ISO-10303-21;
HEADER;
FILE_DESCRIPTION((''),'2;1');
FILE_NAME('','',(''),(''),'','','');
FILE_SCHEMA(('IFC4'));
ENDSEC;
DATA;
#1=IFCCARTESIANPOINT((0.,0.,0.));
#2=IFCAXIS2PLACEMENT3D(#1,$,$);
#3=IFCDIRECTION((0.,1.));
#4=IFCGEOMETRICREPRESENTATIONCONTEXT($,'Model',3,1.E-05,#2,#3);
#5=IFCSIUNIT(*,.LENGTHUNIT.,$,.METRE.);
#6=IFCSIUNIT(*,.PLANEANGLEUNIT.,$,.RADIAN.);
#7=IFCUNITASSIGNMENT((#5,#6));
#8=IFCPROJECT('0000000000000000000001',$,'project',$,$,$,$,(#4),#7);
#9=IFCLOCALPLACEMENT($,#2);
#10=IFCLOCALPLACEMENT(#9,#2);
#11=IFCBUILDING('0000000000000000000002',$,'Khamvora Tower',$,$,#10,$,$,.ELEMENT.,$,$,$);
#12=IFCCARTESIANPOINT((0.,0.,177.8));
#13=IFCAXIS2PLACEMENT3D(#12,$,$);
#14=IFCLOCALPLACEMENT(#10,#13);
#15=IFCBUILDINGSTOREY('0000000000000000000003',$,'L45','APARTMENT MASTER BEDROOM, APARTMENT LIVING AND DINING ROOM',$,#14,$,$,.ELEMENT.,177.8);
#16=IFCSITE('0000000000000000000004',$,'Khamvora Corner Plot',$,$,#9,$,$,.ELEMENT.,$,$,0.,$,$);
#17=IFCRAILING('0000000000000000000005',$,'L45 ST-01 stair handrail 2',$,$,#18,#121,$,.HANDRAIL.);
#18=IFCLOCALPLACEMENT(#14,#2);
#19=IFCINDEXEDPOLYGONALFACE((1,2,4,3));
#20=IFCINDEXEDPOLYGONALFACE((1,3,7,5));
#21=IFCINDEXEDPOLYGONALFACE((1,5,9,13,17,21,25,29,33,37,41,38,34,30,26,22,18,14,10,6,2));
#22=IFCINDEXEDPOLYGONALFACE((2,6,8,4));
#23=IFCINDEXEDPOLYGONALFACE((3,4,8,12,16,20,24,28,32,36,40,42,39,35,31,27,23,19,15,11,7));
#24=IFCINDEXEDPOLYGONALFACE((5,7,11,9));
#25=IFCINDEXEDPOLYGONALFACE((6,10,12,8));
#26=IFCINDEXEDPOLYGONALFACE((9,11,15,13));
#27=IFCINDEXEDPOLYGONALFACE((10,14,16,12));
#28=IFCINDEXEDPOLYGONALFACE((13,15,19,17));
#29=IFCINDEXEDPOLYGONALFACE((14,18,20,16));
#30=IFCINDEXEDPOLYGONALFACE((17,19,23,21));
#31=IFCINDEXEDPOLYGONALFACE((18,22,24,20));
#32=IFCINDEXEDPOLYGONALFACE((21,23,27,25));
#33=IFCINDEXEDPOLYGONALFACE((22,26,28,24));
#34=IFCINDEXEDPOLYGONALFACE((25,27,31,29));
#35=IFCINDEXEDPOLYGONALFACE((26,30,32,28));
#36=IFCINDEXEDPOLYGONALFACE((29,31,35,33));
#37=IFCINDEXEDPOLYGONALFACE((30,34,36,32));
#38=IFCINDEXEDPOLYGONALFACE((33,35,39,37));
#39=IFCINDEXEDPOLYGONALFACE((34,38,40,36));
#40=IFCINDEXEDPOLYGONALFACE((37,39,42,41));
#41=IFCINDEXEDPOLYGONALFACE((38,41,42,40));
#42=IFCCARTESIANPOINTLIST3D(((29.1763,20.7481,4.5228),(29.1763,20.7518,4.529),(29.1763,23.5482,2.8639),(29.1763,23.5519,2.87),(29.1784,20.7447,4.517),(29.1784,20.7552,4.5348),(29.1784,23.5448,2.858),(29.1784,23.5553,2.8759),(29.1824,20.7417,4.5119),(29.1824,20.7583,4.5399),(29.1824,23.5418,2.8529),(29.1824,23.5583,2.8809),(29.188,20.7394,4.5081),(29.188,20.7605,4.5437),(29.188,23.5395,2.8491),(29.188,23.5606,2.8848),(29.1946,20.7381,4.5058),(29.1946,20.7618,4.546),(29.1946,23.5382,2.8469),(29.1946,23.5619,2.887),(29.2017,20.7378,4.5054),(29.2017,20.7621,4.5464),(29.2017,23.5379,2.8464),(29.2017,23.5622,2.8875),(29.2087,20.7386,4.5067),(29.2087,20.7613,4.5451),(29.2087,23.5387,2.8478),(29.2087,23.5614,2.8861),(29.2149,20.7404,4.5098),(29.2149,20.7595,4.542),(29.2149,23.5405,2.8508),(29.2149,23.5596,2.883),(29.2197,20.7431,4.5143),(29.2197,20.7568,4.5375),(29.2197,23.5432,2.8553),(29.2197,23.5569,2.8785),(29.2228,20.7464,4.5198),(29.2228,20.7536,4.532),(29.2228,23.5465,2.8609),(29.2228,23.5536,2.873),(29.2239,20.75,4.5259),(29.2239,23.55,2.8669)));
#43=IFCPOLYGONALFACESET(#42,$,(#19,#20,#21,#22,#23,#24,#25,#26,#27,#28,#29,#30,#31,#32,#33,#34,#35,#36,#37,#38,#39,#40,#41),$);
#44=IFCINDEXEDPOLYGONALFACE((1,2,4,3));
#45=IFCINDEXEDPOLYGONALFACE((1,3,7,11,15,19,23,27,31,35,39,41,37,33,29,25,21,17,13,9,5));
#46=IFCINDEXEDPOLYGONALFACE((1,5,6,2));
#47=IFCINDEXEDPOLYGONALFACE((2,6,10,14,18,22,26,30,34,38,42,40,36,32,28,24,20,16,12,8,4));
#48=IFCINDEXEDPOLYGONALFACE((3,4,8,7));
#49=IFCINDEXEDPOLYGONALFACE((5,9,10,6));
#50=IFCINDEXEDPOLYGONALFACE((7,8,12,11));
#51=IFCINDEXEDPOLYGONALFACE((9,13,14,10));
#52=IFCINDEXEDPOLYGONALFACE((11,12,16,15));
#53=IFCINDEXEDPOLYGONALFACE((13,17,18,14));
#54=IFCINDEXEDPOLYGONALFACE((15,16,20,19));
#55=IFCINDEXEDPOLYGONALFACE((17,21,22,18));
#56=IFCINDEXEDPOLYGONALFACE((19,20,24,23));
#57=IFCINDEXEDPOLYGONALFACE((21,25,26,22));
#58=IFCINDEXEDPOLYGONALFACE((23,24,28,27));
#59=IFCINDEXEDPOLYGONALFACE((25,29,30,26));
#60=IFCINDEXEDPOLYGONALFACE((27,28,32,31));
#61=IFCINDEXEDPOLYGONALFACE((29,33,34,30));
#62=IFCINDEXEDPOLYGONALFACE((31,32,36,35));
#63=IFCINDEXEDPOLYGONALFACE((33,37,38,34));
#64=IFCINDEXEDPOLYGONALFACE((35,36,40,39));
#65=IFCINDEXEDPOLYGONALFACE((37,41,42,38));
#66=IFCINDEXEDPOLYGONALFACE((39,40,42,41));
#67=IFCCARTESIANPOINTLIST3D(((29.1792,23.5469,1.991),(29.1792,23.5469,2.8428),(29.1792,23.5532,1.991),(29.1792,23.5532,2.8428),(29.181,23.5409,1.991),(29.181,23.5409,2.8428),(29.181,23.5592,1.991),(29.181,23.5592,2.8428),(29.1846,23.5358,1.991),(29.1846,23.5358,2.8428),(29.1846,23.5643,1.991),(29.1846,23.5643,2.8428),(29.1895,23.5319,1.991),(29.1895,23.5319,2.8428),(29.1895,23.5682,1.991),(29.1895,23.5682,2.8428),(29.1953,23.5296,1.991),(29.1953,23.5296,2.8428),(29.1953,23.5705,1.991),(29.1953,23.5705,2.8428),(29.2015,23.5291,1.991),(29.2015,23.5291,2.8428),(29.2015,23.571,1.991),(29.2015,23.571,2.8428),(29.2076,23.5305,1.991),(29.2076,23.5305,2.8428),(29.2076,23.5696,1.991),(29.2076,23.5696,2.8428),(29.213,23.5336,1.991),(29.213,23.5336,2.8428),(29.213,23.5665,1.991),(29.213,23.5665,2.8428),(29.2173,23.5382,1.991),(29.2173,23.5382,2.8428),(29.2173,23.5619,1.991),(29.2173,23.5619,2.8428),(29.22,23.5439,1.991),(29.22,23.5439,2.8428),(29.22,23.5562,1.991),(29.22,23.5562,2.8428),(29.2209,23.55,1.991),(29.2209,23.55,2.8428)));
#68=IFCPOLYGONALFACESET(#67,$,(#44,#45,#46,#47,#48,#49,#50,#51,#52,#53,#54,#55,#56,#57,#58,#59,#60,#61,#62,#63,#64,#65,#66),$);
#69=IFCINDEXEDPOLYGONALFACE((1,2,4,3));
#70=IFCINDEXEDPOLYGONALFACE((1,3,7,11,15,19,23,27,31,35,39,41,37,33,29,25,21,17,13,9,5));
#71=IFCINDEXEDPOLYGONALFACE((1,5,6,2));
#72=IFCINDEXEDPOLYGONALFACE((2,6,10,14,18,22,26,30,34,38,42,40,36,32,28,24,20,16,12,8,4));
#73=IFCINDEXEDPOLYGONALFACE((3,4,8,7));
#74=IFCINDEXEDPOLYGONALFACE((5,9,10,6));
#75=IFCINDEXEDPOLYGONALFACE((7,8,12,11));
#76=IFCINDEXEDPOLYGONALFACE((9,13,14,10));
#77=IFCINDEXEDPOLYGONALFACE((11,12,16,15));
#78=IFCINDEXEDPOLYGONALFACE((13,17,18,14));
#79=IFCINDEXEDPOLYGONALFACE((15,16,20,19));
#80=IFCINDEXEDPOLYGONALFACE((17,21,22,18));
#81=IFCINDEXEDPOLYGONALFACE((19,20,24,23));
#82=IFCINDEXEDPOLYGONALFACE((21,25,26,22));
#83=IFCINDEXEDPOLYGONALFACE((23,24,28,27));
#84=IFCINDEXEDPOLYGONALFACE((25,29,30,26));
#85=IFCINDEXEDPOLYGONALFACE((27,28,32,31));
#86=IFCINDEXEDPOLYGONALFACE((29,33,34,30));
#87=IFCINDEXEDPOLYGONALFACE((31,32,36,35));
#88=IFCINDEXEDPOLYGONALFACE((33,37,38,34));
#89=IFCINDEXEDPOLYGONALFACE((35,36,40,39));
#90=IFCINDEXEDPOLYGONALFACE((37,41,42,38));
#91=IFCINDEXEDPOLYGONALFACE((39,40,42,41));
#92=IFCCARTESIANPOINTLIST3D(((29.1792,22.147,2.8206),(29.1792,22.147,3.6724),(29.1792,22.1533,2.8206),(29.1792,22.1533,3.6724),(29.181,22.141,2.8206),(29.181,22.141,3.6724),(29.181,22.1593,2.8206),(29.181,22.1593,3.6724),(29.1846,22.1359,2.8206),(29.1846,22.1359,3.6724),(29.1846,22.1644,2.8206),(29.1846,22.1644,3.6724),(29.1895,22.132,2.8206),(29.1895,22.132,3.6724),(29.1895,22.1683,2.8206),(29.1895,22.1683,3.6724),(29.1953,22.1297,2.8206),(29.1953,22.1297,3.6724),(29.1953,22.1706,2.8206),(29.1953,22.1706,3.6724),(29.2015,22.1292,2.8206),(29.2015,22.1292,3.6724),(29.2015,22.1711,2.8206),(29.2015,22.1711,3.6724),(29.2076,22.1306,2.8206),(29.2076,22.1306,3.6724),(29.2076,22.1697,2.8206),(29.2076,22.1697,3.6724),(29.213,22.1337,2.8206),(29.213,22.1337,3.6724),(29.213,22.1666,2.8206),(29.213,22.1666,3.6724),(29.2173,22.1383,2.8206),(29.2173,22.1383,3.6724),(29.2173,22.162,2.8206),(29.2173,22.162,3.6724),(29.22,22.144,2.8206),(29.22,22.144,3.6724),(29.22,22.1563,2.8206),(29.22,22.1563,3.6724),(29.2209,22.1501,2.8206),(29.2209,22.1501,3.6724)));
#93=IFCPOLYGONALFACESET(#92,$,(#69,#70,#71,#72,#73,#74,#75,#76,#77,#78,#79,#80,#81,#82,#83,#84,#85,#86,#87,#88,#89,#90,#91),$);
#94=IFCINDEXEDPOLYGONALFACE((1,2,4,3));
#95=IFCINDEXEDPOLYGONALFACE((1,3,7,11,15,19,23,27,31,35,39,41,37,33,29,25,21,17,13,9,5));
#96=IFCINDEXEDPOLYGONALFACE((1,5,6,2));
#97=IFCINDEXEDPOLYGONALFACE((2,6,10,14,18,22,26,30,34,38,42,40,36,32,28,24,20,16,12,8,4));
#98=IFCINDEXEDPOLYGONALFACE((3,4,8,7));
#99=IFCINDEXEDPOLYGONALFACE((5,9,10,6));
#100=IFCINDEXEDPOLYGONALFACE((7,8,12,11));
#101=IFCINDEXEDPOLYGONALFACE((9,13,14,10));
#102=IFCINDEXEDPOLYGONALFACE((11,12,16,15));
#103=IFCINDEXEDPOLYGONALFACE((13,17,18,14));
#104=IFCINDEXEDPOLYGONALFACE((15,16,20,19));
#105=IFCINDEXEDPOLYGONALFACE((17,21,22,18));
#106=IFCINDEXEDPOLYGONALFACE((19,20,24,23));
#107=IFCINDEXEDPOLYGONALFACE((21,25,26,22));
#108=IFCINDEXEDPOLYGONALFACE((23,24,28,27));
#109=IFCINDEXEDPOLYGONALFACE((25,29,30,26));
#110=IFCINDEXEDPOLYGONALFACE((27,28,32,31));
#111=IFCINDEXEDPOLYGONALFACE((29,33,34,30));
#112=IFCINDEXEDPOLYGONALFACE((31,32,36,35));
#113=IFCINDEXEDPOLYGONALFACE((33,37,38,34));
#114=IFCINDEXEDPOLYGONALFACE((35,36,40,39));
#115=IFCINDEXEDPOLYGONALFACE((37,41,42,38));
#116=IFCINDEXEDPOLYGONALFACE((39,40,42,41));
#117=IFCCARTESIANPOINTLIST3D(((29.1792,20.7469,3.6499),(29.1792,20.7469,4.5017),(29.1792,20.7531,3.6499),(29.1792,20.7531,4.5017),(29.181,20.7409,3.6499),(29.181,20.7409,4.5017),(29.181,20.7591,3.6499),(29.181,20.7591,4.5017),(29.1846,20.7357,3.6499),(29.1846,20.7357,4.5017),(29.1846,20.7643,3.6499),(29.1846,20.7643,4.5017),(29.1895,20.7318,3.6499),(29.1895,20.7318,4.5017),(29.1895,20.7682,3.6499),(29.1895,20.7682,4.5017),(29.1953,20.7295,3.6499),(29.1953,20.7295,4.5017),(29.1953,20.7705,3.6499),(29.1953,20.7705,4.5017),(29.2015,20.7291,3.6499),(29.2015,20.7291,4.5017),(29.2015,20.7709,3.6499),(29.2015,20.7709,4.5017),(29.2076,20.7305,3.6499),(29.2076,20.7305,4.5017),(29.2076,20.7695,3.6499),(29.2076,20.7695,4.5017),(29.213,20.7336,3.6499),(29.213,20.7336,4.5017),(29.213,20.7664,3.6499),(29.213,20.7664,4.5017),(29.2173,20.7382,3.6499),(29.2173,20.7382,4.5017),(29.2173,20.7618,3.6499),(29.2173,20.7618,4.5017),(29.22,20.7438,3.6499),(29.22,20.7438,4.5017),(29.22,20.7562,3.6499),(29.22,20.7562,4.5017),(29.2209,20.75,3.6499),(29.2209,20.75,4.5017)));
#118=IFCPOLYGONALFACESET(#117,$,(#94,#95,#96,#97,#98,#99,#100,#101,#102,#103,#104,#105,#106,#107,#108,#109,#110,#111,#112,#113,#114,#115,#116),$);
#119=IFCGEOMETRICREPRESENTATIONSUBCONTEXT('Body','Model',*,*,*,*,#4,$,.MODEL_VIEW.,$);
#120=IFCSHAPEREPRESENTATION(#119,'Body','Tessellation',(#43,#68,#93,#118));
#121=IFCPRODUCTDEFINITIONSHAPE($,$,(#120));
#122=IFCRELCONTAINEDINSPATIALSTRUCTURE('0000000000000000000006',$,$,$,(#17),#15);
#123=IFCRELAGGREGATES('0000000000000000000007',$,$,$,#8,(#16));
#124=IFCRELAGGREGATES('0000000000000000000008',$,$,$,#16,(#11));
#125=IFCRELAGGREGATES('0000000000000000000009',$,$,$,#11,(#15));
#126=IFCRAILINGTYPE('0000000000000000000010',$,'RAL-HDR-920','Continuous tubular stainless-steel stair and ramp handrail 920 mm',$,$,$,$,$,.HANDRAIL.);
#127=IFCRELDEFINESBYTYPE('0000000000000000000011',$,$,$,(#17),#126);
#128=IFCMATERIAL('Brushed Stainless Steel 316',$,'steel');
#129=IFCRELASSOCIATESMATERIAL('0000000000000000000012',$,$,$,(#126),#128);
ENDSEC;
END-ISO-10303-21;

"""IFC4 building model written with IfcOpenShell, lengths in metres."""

from ifc_helpers import new_model, si_unit, direction, frame, origin, origin_2d, place, context, subcontext, project, spatial, circle, extrude, material, type_object, element, save


model = new_model("IFC4")

# Units and contexts
model_context = context("Model", 3, precision=1e-05, world=origin(), true_north=direction((0.0, 1.0)))
body_context = subcontext(model_context, "Body", "Model", "MODEL_VIEW")
ifc_project = project(units=[si_unit("LENGTHUNIT", "METRE"), si_unit("PLANEANGLEUNIT", "RADIAN")], contexts=[model_context])

# Site, building, storey
site_placement = place(None, origin())
site = spatial("IfcSite", under=ifc_project, at=site_placement, Name="Khamvora Corner Plot", CompositionType="ELEMENT", RefElevation=0.0)
building_placement = place(site_placement, origin())
building = spatial("IfcBuilding", under=site, at=building_placement, Name="Khamvora Tower", CompositionType="ELEMENT")
storey_placement = place(building_placement, frame((0.0, 0.0, 177.8)))
storey = spatial("IfcBuildingStorey", under=building, at=storey_placement, Name="L45", Description="APARTMENT MASTER BEDROOM, APARTMENT LIVING AND DINING ROOM", CompositionType="ELEMENT", Elevation=177.8)

# Railing
ifc_material_1 = material(Name="Brushed Stainless Steel 316", Category="steel")
railing_type_1 = type_object("IfcRailingType", Name="RAL-HDR-920", Description="Continuous tubular stainless-steel stair and ramp handrail 920 mm", PredefinedType="HANDRAIL", material=ifc_material_1)
railing_1_placement = place(storey_placement, frame((29.2, 23.55, 1.991)))
element("IfcRailing", 1, at=railing_1_placement, inside=storey, type_object=railing_type_1, Name="L45 ST-01 stair handrail 2", PredefinedType="HANDRAIL", context=body_context, shape_type="SweptSolid", body=[
    extrude(circle(Radius=0.0239, at=origin_2d()), frame((0.0, 0.0, 0.876), z_axis=(0.0, -0.860339, 0.509722), x_axis=(1.0, 0.0, 0.0)), (0.0, 0.0, 1.0), 3.2546),
    extrude(circle(Radius=0.021, at=origin_2d()), origin(), (0.0, 0.0, 1.0), 0.8518),
    extrude(circle(Radius=0.021, at=origin_2d()), frame((0.0, -1.3999, 0.8296)), (0.0, 0.0, 1.0), 0.8518),
    extrude(circle(Radius=0.021, at=origin_2d()), frame((0.0, -2.8, 1.6589)), (0.0, 0.0, 1.0), 0.8518),
])

save(model, "model.ifc")
